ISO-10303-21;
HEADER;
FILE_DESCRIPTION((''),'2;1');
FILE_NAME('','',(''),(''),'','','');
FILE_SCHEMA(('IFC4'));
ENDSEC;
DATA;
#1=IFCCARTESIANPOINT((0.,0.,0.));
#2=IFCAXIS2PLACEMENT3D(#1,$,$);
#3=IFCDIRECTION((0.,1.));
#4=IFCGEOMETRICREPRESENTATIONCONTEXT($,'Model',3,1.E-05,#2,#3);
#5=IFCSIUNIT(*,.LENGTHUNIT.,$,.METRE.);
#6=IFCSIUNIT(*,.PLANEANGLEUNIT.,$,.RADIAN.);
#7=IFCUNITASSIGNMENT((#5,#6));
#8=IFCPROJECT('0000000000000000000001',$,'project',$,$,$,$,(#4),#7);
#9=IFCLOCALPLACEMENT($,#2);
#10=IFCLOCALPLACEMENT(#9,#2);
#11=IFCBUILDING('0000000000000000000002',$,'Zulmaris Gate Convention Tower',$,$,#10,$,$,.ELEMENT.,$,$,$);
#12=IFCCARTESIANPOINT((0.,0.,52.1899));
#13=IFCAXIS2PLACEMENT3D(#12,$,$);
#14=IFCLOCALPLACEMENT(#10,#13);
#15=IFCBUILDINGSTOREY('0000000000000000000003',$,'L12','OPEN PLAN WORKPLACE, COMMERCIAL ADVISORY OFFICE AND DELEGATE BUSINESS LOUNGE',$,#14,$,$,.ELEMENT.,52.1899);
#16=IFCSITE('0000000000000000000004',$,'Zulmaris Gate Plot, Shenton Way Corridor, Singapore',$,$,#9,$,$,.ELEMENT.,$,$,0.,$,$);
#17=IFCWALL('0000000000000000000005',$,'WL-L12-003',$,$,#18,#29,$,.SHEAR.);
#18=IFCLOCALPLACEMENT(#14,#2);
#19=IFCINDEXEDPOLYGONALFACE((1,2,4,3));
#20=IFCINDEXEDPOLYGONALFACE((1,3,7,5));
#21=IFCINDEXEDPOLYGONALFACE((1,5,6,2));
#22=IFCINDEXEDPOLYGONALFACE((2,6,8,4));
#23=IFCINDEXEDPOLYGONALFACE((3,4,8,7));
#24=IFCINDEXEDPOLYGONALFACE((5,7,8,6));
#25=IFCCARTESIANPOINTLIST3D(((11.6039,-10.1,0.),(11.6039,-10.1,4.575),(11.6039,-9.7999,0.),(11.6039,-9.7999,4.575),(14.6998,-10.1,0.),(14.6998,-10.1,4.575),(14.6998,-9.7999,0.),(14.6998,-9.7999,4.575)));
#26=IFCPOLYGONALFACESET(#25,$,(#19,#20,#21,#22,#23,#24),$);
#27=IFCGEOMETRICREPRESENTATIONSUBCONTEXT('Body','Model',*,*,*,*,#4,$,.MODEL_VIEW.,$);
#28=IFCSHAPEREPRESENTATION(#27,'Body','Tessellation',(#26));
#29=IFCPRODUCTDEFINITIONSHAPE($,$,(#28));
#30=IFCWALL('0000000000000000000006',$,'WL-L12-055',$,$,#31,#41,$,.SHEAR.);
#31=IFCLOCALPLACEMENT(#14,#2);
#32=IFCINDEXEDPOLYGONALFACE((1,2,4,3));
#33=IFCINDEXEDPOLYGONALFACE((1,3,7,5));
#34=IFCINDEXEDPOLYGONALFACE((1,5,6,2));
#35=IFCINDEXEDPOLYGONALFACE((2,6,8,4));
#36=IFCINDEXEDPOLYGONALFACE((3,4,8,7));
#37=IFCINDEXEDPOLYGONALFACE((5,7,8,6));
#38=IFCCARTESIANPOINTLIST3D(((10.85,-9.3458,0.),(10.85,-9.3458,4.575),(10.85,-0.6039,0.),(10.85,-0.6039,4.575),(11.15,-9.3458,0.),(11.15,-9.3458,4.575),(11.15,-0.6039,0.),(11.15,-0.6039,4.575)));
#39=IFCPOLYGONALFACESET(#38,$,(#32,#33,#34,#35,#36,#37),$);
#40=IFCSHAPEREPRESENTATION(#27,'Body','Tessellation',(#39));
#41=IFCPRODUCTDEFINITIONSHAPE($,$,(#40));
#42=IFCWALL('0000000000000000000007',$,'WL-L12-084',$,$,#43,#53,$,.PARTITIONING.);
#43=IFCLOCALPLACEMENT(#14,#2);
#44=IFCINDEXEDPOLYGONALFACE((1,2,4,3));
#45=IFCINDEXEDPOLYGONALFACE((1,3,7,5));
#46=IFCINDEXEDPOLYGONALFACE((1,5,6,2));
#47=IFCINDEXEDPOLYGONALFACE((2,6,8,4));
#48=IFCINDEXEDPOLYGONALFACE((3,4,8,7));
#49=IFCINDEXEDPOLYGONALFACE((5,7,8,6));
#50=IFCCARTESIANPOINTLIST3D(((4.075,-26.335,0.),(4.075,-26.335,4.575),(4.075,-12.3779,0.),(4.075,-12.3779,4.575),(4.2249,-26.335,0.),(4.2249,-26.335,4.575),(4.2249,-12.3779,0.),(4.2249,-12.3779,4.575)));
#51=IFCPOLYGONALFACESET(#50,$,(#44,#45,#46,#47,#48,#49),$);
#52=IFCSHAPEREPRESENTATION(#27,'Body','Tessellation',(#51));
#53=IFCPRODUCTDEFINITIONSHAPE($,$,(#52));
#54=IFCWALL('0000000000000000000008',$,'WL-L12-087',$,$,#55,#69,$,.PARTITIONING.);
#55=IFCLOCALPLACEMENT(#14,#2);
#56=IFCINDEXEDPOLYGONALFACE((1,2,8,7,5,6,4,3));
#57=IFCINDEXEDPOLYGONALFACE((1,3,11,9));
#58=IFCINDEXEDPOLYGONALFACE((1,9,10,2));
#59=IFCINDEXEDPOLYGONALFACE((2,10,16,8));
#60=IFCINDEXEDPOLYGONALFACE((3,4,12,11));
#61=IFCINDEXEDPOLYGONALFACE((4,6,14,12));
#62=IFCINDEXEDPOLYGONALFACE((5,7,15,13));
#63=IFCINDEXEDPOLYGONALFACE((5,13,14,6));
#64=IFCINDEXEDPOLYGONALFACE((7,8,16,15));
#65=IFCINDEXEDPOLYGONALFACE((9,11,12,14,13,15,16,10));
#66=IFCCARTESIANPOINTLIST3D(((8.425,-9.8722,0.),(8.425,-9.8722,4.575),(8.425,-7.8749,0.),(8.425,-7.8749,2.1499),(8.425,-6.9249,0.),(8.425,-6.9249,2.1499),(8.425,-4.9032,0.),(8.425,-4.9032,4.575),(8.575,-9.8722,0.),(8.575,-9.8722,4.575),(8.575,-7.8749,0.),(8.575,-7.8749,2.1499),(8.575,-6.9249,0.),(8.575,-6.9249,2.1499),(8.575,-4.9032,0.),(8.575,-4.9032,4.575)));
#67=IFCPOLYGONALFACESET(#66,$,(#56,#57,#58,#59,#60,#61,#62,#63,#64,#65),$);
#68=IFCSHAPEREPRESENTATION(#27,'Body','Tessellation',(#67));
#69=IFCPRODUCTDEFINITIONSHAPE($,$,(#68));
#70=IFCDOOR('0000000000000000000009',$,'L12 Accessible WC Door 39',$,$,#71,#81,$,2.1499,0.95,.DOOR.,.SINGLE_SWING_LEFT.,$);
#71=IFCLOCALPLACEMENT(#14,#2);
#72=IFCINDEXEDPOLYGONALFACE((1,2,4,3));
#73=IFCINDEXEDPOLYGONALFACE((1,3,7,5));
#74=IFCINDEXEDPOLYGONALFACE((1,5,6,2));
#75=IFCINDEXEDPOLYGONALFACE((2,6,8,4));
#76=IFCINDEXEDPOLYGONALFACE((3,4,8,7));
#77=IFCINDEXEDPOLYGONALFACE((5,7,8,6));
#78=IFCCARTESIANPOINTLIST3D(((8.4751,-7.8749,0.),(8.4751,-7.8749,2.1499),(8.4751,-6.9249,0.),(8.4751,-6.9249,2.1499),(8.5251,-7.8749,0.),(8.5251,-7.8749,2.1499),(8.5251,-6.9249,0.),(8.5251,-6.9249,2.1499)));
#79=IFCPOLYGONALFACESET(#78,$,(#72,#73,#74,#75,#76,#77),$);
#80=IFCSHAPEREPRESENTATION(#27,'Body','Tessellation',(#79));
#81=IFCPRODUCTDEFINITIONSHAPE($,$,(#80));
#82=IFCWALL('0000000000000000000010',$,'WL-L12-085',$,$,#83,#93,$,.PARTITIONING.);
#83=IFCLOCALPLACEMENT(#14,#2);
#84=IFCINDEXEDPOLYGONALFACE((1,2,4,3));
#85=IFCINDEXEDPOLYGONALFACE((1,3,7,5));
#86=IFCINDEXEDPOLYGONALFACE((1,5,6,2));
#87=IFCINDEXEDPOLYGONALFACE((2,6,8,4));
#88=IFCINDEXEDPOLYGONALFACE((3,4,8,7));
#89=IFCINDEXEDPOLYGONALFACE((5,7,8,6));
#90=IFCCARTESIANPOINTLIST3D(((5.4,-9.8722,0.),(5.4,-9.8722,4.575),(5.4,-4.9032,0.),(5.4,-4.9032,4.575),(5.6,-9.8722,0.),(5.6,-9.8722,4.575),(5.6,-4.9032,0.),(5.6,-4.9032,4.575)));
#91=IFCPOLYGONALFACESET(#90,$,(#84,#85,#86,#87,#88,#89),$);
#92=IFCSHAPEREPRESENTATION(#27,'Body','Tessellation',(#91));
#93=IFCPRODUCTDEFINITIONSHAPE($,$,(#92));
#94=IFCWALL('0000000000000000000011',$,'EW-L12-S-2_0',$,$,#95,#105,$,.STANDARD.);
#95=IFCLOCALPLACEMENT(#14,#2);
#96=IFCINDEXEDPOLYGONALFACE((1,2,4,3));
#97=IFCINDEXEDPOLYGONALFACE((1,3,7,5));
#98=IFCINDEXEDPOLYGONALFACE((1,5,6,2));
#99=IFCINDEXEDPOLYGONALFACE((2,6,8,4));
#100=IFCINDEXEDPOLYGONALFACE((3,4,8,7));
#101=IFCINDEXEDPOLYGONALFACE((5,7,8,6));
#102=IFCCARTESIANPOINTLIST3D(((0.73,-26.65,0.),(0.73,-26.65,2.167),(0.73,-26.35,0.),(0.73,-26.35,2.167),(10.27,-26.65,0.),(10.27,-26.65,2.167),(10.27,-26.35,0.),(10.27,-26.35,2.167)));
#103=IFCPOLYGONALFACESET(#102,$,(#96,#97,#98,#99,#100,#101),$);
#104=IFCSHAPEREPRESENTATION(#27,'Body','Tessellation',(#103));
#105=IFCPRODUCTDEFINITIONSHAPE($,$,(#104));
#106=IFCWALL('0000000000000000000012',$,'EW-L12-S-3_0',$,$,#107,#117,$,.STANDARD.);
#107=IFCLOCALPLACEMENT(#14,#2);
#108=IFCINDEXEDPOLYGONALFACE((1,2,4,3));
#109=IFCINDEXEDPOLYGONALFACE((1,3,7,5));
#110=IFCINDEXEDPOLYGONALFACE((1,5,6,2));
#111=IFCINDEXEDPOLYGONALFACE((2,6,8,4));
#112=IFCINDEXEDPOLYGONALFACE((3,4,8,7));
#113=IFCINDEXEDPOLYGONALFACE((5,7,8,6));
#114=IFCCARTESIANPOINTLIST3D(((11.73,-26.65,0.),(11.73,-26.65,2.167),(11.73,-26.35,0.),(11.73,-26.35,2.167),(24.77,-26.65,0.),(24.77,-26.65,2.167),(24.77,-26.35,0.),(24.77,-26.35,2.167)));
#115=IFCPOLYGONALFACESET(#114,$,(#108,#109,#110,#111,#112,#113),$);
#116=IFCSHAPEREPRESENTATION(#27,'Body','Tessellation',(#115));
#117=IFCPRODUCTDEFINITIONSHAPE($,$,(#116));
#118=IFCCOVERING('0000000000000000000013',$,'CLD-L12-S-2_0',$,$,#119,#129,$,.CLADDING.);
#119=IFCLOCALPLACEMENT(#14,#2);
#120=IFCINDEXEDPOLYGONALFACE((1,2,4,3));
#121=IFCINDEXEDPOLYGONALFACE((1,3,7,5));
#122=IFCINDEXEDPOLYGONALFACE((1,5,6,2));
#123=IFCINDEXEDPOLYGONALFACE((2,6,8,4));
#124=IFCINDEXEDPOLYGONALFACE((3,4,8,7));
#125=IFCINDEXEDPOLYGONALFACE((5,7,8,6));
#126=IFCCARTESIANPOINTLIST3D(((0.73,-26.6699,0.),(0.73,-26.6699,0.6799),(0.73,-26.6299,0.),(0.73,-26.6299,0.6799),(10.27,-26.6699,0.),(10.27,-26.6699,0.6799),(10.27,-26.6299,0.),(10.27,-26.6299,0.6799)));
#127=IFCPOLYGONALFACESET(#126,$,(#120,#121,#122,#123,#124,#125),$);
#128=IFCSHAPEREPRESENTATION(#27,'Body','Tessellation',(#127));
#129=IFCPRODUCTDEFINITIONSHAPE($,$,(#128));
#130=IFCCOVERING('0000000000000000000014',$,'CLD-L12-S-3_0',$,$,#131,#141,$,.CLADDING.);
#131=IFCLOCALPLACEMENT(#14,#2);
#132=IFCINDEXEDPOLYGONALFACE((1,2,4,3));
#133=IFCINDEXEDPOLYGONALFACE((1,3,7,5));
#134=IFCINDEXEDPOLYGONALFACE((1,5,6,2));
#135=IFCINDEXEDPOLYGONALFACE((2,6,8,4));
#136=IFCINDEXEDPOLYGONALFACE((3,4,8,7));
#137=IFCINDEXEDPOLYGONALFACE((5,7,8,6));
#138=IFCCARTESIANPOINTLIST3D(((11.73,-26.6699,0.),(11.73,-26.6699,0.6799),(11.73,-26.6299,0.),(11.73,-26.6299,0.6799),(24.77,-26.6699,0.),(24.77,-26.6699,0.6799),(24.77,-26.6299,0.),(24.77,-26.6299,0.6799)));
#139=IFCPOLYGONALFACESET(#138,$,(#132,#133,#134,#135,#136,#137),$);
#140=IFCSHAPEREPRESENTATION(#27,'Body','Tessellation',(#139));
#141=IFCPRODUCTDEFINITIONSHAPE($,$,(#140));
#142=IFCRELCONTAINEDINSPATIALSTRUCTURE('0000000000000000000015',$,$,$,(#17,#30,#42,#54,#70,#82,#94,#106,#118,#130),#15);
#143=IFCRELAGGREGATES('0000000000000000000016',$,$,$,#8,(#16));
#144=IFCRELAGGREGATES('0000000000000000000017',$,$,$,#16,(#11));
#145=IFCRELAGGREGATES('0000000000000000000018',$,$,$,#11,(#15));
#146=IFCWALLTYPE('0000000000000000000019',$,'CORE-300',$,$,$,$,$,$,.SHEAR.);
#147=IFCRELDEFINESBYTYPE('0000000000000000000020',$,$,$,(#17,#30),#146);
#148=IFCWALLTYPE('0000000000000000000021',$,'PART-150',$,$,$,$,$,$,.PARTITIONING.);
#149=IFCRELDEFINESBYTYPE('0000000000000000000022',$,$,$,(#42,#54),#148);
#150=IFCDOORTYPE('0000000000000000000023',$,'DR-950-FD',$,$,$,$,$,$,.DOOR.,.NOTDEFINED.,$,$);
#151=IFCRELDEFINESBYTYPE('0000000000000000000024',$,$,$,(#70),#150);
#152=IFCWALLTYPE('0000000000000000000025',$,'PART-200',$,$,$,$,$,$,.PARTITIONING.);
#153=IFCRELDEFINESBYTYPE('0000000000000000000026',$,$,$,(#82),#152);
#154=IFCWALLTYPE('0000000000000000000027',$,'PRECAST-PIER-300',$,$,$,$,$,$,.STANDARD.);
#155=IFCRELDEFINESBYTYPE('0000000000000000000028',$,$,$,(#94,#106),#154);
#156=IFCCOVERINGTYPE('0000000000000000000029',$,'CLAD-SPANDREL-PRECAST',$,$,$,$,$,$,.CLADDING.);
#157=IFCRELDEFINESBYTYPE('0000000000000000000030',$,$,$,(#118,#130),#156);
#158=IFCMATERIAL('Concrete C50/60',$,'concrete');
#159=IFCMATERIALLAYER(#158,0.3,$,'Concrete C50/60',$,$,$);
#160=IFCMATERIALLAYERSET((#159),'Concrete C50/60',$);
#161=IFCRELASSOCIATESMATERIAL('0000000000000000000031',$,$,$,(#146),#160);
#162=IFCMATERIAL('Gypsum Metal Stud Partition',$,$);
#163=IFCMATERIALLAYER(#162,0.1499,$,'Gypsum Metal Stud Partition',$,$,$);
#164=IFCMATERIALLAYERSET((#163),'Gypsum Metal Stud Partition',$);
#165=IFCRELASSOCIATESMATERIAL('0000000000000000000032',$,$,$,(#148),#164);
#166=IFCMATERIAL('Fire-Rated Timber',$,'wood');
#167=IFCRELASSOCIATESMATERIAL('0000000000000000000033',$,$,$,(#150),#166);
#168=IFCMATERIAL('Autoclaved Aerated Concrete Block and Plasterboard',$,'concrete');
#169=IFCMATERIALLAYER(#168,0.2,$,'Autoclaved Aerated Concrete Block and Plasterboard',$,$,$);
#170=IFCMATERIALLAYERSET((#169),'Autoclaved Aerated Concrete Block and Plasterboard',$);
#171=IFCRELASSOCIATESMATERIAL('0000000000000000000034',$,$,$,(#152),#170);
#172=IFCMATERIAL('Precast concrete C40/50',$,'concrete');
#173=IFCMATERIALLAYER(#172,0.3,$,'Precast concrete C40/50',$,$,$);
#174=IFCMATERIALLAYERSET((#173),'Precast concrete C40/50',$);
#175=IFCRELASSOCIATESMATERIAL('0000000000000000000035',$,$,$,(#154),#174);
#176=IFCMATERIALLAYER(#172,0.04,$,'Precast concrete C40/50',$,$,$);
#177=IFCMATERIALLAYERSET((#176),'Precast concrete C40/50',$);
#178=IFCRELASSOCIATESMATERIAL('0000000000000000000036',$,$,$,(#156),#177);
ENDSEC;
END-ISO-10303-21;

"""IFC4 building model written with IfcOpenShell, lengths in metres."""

from ifc_helpers import new_model, si_unit, direction, frame, frame_2d, origin, place, context, subcontext, project, spatial, rectangle, extrude, material, layer, layer_set, type_object, element, fill, save


model = new_model("IFC4")

# Units and contexts
model_context = context("Model", 3, precision=1e-05, world=origin(), true_north=direction((0.0, 1.0)))
body_context = subcontext(model_context, "Body", "Model", "MODEL_VIEW")
ifc_project = project(units=[si_unit("LENGTHUNIT", "METRE"), si_unit("PLANEANGLEUNIT", "RADIAN")], contexts=[model_context])

# Site, building, storey
site_placement = place(None, origin())
site = spatial("IfcSite", under=ifc_project, at=site_placement, Name="Zulmaris Gate Plot, Shenton Way Corridor, Singapore", CompositionType="ELEMENT", RefElevation=0.0)
building_placement = place(site_placement, origin())
building = spatial("IfcBuilding", under=site, at=building_placement, Name="Zulmaris Gate Convention Tower", CompositionType="ELEMENT")
storey_placement = place(building_placement, frame((0.0, 0.0, 52.1899)))
storey = spatial("IfcBuildingStorey", under=building, at=storey_placement, Name="L12", Description="OPEN PLAN WORKPLACE, COMMERCIAL ADVISORY OFFICE AND DELEGATE BUSINESS LOUNGE", CompositionType="ELEMENT", Elevation=52.1899)

# Walls
ifc_material_1 = material(Name="Concrete C50/60", Category="concrete")
ifc_layer_1 = layer(ifc_material_1, 0.3, Name="Concrete C50/60")
ifc_layer_set_1 = layer_set([ifc_layer_1], Name="Concrete C50/60")
wall_type_1 = type_object("IfcWallType", Name="CORE-300", PredefinedType="SHEAR", material=ifc_layer_set_1)
wall_1_placement = place(storey_placement, frame((11.604, -9.95, 0.0), z_axis=(0.0, 0.0, 1.0), x_axis=(1.0, 0.0, 0.0)))
element("IfcWall", 1, at=wall_1_placement, inside=storey, type_object=wall_type_1, Name="WL-L12-003", PredefinedType="SHEAR", context=body_context, shape_type="SweptSolid", body=[
    extrude(rectangle(XDim=3.0959, YDim=0.3, at=frame_2d((1.5479, 0.0))), origin(), (0.0, 0.0, 1.0), 4.575),
])
wall_2_placement = place(storey_placement, frame((11.0, -9.3459, 0.0), z_axis=(0.0, 0.0, 1.0), x_axis=(0.0, 1.0, 0.0)))
element("IfcWall", 2, at=wall_2_placement, inside=storey, type_object=wall_type_1, Name="WL-L12-055", PredefinedType="SHEAR", context=body_context, shape_type="SweptSolid", body=[
    extrude(rectangle(XDim=8.7419, YDim=0.3, at=frame_2d((4.3711, 0.0))), origin(), (0.0, 0.0, 1.0), 4.575),
])
ifc_material_2 = material(Name="Gypsum Metal Stud Partition")
ifc_layer_2 = layer(ifc_material_2, 0.1499, Name="Gypsum Metal Stud Partition")
ifc_layer_set_2 = layer_set([ifc_layer_2], Name="Gypsum Metal Stud Partition")
wall_type_2 = type_object("IfcWallType", Name="PART-150", PredefinedType="PARTITIONING", material=ifc_layer_set_2)
wall_3_placement = place(storey_placement, frame((4.1499, -26.335, 0.0), z_axis=(0.0, 0.0, 1.0), x_axis=(0.0, 1.0, 0.0)))
element("IfcWall", 3, at=wall_3_placement, inside=storey, type_object=wall_type_2, Name="WL-L12-084", PredefinedType="PARTITIONING", context=body_context, shape_type="SweptSolid", body=[
    extrude(rectangle(XDim=13.957, YDim=0.1499, at=frame_2d((6.9785, 0.0))), origin(), (0.0, 0.0, 1.0), 4.575),
])

# Wall, opening, door
wall_4_placement = place(storey_placement, frame((8.5, -9.8721, 0.0), z_axis=(0.0, 0.0, 1.0), x_axis=(0.0, 1.0, 0.0)))
wall_4 = element("IfcWall", 4, at=wall_4_placement, inside=storey, type_object=wall_type_2, Name="WL-L12-087", PredefinedType="PARTITIONING", context=body_context, shape_type="SweptSolid", body=[
    extrude(rectangle(XDim=4.969, YDim=0.1499, at=frame_2d((2.4844, 0.0))), origin(), (0.0, 0.0, 1.0), 4.575),
])
opening_placement = place(wall_4_placement, frame((1.9971, 0.0, 0.0)))
opening = element("IfcOpeningElement", 5, at=opening_placement, cuts=wall_4, PredefinedType="OPENING", context=body_context, shape_type="SweptSolid", body=[
    extrude(rectangle(XDim=0.95, YDim=2.1499, at=frame_2d((0.4751, 1.075))), frame((0.0, 0.085, 0.0), z_axis=(0.0, -1.0, 0.0), x_axis=(1.0, 0.0, 0.0)), (0.0, 0.0, 1.0), 0.1699),
])
ifc_material_3 = material(Name="Fire-Rated Timber", Category="wood")
door_type = type_object("IfcDoorType", Name="DR-950-FD", OperationType="NOTDEFINED", PredefinedType="DOOR", material=ifc_material_3)
door_placement = place(opening_placement, origin())
door = element("IfcDoor", 6, at=door_placement, inside=storey, type_object=door_type, Name="L12 Accessible WC Door 39", OperationType="SINGLE_SWING_LEFT", OverallHeight=2.1499, OverallWidth=0.95, PredefinedType="DOOR", context=body_context, shape_type="SweptSolid", body=[
    extrude(rectangle(XDim=0.95, YDim=2.1499, at=frame_2d((0.4751, 1.075))), frame((0.0, 0.0249, 0.0), z_axis=(0.0, -1.0, 0.0), x_axis=(1.0, 0.0, 0.0)), (0.0, 0.0, 1.0), 0.05),
])
fill(opening, door)

# Walls
ifc_material_4 = material(Name="Autoclaved Aerated Concrete Block and Plasterboard", Category="concrete")
ifc_layer_3 = layer(ifc_material_4, 0.2, Name="Autoclaved Aerated Concrete Block and Plasterboard")
ifc_layer_set_3 = layer_set([ifc_layer_3], Name="Autoclaved Aerated Concrete Block and Plasterboard")
wall_type_3 = type_object("IfcWallType", Name="PART-200", PredefinedType="PARTITIONING", material=ifc_layer_set_3)
wall_5_placement = place(storey_placement, frame((5.5, -9.8721, 0.0), z_axis=(0.0, 0.0, 1.0), x_axis=(0.0, 1.0, 0.0)))
element("IfcWall", 7, at=wall_5_placement, inside=storey, type_object=wall_type_3, Name="WL-L12-085", PredefinedType="PARTITIONING", context=body_context, shape_type="SweptSolid", body=[
    extrude(rectangle(XDim=4.969, YDim=0.2, at=frame_2d((2.4844, 0.0))), origin(), (0.0, 0.0, 1.0), 4.575),
])
ifc_material_5 = material(Name="Precast concrete C40/50", Category="concrete")
ifc_layer_4 = layer(ifc_material_5, 0.3, Name="Precast concrete C40/50")
ifc_layer_set_4 = layer_set([ifc_layer_4], Name="Precast concrete C40/50")
wall_type_4 = type_object("IfcWallType", Name="PRECAST-PIER-300", PredefinedType="STANDARD", material=ifc_layer_set_4)
wall_6_placement = place(storey_placement, frame((0.73, -26.5, 0.0), z_axis=(0.0, 0.0, 1.0), x_axis=(1.0, 0.0, 0.0)))
element("IfcWall", 8, at=wall_6_placement, inside=storey, type_object=wall_type_4, Name="EW-L12-S-2_0", PredefinedType="STANDARD", context=body_context, shape_type="SweptSolid", body=[
    extrude(rectangle(XDim=9.54, YDim=0.3, at=frame_2d((4.77, 0.0))), origin(), (0.0, 0.0, 1.0), 2.167),
])
wall_7_placement = place(storey_placement, frame((11.73, -26.5, 0.0), z_axis=(0.0, 0.0, 1.0), x_axis=(1.0, 0.0, 0.0)))
element("IfcWall", 9, at=wall_7_placement, inside=storey, type_object=wall_type_4, Name="EW-L12-S-3_0", PredefinedType="STANDARD", context=body_context, shape_type="SweptSolid", body=[
    extrude(rectangle(XDim=13.04, YDim=0.3, at=frame_2d((6.52, 0.0))), origin(), (0.0, 0.0, 1.0), 2.167),
])

# Coverings
ifc_layer_5 = layer(ifc_material_5, 0.04, Name="Precast concrete C40/50")
ifc_layer_set_5 = layer_set([ifc_layer_5], Name="Precast concrete C40/50")
covering_type = type_object("IfcCoveringType", Name="CLAD-SPANDREL-PRECAST", PredefinedType="CLADDING", material=ifc_layer_set_5)
covering_1_placement = place(storey_placement, frame((0.73, -26.6499, 0.0), z_axis=(0.0, 0.0, 1.0), x_axis=(1.0, 0.0, 0.0)))
element("IfcCovering", 10, at=covering_1_placement, inside=storey, type_object=covering_type, Name="CLD-L12-S-2_0", PredefinedType="CLADDING", context=body_context, shape_type="SweptSolid", body=[
    extrude(rectangle(XDim=9.54, YDim=0.04, at=frame_2d((4.77, 0.0))), origin(), (0.0, 0.0, 1.0), 0.6799),
])
covering_2_placement = place(storey_placement, frame((11.73, -26.6499, 0.0), z_axis=(0.0, 0.0, 1.0), x_axis=(1.0, 0.0, 0.0)))
element("IfcCovering", 11, at=covering_2_placement, inside=storey, type_object=covering_type, Name="CLD-L12-S-3_0", PredefinedType="CLADDING", context=body_context, shape_type="SweptSolid", body=[
    extrude(rectangle(XDim=13.04, YDim=0.04, at=frame_2d((6.52, 0.0))), origin(), (0.0, 0.0, 1.0), 0.6799),
])

save(model, "model.ifc")
